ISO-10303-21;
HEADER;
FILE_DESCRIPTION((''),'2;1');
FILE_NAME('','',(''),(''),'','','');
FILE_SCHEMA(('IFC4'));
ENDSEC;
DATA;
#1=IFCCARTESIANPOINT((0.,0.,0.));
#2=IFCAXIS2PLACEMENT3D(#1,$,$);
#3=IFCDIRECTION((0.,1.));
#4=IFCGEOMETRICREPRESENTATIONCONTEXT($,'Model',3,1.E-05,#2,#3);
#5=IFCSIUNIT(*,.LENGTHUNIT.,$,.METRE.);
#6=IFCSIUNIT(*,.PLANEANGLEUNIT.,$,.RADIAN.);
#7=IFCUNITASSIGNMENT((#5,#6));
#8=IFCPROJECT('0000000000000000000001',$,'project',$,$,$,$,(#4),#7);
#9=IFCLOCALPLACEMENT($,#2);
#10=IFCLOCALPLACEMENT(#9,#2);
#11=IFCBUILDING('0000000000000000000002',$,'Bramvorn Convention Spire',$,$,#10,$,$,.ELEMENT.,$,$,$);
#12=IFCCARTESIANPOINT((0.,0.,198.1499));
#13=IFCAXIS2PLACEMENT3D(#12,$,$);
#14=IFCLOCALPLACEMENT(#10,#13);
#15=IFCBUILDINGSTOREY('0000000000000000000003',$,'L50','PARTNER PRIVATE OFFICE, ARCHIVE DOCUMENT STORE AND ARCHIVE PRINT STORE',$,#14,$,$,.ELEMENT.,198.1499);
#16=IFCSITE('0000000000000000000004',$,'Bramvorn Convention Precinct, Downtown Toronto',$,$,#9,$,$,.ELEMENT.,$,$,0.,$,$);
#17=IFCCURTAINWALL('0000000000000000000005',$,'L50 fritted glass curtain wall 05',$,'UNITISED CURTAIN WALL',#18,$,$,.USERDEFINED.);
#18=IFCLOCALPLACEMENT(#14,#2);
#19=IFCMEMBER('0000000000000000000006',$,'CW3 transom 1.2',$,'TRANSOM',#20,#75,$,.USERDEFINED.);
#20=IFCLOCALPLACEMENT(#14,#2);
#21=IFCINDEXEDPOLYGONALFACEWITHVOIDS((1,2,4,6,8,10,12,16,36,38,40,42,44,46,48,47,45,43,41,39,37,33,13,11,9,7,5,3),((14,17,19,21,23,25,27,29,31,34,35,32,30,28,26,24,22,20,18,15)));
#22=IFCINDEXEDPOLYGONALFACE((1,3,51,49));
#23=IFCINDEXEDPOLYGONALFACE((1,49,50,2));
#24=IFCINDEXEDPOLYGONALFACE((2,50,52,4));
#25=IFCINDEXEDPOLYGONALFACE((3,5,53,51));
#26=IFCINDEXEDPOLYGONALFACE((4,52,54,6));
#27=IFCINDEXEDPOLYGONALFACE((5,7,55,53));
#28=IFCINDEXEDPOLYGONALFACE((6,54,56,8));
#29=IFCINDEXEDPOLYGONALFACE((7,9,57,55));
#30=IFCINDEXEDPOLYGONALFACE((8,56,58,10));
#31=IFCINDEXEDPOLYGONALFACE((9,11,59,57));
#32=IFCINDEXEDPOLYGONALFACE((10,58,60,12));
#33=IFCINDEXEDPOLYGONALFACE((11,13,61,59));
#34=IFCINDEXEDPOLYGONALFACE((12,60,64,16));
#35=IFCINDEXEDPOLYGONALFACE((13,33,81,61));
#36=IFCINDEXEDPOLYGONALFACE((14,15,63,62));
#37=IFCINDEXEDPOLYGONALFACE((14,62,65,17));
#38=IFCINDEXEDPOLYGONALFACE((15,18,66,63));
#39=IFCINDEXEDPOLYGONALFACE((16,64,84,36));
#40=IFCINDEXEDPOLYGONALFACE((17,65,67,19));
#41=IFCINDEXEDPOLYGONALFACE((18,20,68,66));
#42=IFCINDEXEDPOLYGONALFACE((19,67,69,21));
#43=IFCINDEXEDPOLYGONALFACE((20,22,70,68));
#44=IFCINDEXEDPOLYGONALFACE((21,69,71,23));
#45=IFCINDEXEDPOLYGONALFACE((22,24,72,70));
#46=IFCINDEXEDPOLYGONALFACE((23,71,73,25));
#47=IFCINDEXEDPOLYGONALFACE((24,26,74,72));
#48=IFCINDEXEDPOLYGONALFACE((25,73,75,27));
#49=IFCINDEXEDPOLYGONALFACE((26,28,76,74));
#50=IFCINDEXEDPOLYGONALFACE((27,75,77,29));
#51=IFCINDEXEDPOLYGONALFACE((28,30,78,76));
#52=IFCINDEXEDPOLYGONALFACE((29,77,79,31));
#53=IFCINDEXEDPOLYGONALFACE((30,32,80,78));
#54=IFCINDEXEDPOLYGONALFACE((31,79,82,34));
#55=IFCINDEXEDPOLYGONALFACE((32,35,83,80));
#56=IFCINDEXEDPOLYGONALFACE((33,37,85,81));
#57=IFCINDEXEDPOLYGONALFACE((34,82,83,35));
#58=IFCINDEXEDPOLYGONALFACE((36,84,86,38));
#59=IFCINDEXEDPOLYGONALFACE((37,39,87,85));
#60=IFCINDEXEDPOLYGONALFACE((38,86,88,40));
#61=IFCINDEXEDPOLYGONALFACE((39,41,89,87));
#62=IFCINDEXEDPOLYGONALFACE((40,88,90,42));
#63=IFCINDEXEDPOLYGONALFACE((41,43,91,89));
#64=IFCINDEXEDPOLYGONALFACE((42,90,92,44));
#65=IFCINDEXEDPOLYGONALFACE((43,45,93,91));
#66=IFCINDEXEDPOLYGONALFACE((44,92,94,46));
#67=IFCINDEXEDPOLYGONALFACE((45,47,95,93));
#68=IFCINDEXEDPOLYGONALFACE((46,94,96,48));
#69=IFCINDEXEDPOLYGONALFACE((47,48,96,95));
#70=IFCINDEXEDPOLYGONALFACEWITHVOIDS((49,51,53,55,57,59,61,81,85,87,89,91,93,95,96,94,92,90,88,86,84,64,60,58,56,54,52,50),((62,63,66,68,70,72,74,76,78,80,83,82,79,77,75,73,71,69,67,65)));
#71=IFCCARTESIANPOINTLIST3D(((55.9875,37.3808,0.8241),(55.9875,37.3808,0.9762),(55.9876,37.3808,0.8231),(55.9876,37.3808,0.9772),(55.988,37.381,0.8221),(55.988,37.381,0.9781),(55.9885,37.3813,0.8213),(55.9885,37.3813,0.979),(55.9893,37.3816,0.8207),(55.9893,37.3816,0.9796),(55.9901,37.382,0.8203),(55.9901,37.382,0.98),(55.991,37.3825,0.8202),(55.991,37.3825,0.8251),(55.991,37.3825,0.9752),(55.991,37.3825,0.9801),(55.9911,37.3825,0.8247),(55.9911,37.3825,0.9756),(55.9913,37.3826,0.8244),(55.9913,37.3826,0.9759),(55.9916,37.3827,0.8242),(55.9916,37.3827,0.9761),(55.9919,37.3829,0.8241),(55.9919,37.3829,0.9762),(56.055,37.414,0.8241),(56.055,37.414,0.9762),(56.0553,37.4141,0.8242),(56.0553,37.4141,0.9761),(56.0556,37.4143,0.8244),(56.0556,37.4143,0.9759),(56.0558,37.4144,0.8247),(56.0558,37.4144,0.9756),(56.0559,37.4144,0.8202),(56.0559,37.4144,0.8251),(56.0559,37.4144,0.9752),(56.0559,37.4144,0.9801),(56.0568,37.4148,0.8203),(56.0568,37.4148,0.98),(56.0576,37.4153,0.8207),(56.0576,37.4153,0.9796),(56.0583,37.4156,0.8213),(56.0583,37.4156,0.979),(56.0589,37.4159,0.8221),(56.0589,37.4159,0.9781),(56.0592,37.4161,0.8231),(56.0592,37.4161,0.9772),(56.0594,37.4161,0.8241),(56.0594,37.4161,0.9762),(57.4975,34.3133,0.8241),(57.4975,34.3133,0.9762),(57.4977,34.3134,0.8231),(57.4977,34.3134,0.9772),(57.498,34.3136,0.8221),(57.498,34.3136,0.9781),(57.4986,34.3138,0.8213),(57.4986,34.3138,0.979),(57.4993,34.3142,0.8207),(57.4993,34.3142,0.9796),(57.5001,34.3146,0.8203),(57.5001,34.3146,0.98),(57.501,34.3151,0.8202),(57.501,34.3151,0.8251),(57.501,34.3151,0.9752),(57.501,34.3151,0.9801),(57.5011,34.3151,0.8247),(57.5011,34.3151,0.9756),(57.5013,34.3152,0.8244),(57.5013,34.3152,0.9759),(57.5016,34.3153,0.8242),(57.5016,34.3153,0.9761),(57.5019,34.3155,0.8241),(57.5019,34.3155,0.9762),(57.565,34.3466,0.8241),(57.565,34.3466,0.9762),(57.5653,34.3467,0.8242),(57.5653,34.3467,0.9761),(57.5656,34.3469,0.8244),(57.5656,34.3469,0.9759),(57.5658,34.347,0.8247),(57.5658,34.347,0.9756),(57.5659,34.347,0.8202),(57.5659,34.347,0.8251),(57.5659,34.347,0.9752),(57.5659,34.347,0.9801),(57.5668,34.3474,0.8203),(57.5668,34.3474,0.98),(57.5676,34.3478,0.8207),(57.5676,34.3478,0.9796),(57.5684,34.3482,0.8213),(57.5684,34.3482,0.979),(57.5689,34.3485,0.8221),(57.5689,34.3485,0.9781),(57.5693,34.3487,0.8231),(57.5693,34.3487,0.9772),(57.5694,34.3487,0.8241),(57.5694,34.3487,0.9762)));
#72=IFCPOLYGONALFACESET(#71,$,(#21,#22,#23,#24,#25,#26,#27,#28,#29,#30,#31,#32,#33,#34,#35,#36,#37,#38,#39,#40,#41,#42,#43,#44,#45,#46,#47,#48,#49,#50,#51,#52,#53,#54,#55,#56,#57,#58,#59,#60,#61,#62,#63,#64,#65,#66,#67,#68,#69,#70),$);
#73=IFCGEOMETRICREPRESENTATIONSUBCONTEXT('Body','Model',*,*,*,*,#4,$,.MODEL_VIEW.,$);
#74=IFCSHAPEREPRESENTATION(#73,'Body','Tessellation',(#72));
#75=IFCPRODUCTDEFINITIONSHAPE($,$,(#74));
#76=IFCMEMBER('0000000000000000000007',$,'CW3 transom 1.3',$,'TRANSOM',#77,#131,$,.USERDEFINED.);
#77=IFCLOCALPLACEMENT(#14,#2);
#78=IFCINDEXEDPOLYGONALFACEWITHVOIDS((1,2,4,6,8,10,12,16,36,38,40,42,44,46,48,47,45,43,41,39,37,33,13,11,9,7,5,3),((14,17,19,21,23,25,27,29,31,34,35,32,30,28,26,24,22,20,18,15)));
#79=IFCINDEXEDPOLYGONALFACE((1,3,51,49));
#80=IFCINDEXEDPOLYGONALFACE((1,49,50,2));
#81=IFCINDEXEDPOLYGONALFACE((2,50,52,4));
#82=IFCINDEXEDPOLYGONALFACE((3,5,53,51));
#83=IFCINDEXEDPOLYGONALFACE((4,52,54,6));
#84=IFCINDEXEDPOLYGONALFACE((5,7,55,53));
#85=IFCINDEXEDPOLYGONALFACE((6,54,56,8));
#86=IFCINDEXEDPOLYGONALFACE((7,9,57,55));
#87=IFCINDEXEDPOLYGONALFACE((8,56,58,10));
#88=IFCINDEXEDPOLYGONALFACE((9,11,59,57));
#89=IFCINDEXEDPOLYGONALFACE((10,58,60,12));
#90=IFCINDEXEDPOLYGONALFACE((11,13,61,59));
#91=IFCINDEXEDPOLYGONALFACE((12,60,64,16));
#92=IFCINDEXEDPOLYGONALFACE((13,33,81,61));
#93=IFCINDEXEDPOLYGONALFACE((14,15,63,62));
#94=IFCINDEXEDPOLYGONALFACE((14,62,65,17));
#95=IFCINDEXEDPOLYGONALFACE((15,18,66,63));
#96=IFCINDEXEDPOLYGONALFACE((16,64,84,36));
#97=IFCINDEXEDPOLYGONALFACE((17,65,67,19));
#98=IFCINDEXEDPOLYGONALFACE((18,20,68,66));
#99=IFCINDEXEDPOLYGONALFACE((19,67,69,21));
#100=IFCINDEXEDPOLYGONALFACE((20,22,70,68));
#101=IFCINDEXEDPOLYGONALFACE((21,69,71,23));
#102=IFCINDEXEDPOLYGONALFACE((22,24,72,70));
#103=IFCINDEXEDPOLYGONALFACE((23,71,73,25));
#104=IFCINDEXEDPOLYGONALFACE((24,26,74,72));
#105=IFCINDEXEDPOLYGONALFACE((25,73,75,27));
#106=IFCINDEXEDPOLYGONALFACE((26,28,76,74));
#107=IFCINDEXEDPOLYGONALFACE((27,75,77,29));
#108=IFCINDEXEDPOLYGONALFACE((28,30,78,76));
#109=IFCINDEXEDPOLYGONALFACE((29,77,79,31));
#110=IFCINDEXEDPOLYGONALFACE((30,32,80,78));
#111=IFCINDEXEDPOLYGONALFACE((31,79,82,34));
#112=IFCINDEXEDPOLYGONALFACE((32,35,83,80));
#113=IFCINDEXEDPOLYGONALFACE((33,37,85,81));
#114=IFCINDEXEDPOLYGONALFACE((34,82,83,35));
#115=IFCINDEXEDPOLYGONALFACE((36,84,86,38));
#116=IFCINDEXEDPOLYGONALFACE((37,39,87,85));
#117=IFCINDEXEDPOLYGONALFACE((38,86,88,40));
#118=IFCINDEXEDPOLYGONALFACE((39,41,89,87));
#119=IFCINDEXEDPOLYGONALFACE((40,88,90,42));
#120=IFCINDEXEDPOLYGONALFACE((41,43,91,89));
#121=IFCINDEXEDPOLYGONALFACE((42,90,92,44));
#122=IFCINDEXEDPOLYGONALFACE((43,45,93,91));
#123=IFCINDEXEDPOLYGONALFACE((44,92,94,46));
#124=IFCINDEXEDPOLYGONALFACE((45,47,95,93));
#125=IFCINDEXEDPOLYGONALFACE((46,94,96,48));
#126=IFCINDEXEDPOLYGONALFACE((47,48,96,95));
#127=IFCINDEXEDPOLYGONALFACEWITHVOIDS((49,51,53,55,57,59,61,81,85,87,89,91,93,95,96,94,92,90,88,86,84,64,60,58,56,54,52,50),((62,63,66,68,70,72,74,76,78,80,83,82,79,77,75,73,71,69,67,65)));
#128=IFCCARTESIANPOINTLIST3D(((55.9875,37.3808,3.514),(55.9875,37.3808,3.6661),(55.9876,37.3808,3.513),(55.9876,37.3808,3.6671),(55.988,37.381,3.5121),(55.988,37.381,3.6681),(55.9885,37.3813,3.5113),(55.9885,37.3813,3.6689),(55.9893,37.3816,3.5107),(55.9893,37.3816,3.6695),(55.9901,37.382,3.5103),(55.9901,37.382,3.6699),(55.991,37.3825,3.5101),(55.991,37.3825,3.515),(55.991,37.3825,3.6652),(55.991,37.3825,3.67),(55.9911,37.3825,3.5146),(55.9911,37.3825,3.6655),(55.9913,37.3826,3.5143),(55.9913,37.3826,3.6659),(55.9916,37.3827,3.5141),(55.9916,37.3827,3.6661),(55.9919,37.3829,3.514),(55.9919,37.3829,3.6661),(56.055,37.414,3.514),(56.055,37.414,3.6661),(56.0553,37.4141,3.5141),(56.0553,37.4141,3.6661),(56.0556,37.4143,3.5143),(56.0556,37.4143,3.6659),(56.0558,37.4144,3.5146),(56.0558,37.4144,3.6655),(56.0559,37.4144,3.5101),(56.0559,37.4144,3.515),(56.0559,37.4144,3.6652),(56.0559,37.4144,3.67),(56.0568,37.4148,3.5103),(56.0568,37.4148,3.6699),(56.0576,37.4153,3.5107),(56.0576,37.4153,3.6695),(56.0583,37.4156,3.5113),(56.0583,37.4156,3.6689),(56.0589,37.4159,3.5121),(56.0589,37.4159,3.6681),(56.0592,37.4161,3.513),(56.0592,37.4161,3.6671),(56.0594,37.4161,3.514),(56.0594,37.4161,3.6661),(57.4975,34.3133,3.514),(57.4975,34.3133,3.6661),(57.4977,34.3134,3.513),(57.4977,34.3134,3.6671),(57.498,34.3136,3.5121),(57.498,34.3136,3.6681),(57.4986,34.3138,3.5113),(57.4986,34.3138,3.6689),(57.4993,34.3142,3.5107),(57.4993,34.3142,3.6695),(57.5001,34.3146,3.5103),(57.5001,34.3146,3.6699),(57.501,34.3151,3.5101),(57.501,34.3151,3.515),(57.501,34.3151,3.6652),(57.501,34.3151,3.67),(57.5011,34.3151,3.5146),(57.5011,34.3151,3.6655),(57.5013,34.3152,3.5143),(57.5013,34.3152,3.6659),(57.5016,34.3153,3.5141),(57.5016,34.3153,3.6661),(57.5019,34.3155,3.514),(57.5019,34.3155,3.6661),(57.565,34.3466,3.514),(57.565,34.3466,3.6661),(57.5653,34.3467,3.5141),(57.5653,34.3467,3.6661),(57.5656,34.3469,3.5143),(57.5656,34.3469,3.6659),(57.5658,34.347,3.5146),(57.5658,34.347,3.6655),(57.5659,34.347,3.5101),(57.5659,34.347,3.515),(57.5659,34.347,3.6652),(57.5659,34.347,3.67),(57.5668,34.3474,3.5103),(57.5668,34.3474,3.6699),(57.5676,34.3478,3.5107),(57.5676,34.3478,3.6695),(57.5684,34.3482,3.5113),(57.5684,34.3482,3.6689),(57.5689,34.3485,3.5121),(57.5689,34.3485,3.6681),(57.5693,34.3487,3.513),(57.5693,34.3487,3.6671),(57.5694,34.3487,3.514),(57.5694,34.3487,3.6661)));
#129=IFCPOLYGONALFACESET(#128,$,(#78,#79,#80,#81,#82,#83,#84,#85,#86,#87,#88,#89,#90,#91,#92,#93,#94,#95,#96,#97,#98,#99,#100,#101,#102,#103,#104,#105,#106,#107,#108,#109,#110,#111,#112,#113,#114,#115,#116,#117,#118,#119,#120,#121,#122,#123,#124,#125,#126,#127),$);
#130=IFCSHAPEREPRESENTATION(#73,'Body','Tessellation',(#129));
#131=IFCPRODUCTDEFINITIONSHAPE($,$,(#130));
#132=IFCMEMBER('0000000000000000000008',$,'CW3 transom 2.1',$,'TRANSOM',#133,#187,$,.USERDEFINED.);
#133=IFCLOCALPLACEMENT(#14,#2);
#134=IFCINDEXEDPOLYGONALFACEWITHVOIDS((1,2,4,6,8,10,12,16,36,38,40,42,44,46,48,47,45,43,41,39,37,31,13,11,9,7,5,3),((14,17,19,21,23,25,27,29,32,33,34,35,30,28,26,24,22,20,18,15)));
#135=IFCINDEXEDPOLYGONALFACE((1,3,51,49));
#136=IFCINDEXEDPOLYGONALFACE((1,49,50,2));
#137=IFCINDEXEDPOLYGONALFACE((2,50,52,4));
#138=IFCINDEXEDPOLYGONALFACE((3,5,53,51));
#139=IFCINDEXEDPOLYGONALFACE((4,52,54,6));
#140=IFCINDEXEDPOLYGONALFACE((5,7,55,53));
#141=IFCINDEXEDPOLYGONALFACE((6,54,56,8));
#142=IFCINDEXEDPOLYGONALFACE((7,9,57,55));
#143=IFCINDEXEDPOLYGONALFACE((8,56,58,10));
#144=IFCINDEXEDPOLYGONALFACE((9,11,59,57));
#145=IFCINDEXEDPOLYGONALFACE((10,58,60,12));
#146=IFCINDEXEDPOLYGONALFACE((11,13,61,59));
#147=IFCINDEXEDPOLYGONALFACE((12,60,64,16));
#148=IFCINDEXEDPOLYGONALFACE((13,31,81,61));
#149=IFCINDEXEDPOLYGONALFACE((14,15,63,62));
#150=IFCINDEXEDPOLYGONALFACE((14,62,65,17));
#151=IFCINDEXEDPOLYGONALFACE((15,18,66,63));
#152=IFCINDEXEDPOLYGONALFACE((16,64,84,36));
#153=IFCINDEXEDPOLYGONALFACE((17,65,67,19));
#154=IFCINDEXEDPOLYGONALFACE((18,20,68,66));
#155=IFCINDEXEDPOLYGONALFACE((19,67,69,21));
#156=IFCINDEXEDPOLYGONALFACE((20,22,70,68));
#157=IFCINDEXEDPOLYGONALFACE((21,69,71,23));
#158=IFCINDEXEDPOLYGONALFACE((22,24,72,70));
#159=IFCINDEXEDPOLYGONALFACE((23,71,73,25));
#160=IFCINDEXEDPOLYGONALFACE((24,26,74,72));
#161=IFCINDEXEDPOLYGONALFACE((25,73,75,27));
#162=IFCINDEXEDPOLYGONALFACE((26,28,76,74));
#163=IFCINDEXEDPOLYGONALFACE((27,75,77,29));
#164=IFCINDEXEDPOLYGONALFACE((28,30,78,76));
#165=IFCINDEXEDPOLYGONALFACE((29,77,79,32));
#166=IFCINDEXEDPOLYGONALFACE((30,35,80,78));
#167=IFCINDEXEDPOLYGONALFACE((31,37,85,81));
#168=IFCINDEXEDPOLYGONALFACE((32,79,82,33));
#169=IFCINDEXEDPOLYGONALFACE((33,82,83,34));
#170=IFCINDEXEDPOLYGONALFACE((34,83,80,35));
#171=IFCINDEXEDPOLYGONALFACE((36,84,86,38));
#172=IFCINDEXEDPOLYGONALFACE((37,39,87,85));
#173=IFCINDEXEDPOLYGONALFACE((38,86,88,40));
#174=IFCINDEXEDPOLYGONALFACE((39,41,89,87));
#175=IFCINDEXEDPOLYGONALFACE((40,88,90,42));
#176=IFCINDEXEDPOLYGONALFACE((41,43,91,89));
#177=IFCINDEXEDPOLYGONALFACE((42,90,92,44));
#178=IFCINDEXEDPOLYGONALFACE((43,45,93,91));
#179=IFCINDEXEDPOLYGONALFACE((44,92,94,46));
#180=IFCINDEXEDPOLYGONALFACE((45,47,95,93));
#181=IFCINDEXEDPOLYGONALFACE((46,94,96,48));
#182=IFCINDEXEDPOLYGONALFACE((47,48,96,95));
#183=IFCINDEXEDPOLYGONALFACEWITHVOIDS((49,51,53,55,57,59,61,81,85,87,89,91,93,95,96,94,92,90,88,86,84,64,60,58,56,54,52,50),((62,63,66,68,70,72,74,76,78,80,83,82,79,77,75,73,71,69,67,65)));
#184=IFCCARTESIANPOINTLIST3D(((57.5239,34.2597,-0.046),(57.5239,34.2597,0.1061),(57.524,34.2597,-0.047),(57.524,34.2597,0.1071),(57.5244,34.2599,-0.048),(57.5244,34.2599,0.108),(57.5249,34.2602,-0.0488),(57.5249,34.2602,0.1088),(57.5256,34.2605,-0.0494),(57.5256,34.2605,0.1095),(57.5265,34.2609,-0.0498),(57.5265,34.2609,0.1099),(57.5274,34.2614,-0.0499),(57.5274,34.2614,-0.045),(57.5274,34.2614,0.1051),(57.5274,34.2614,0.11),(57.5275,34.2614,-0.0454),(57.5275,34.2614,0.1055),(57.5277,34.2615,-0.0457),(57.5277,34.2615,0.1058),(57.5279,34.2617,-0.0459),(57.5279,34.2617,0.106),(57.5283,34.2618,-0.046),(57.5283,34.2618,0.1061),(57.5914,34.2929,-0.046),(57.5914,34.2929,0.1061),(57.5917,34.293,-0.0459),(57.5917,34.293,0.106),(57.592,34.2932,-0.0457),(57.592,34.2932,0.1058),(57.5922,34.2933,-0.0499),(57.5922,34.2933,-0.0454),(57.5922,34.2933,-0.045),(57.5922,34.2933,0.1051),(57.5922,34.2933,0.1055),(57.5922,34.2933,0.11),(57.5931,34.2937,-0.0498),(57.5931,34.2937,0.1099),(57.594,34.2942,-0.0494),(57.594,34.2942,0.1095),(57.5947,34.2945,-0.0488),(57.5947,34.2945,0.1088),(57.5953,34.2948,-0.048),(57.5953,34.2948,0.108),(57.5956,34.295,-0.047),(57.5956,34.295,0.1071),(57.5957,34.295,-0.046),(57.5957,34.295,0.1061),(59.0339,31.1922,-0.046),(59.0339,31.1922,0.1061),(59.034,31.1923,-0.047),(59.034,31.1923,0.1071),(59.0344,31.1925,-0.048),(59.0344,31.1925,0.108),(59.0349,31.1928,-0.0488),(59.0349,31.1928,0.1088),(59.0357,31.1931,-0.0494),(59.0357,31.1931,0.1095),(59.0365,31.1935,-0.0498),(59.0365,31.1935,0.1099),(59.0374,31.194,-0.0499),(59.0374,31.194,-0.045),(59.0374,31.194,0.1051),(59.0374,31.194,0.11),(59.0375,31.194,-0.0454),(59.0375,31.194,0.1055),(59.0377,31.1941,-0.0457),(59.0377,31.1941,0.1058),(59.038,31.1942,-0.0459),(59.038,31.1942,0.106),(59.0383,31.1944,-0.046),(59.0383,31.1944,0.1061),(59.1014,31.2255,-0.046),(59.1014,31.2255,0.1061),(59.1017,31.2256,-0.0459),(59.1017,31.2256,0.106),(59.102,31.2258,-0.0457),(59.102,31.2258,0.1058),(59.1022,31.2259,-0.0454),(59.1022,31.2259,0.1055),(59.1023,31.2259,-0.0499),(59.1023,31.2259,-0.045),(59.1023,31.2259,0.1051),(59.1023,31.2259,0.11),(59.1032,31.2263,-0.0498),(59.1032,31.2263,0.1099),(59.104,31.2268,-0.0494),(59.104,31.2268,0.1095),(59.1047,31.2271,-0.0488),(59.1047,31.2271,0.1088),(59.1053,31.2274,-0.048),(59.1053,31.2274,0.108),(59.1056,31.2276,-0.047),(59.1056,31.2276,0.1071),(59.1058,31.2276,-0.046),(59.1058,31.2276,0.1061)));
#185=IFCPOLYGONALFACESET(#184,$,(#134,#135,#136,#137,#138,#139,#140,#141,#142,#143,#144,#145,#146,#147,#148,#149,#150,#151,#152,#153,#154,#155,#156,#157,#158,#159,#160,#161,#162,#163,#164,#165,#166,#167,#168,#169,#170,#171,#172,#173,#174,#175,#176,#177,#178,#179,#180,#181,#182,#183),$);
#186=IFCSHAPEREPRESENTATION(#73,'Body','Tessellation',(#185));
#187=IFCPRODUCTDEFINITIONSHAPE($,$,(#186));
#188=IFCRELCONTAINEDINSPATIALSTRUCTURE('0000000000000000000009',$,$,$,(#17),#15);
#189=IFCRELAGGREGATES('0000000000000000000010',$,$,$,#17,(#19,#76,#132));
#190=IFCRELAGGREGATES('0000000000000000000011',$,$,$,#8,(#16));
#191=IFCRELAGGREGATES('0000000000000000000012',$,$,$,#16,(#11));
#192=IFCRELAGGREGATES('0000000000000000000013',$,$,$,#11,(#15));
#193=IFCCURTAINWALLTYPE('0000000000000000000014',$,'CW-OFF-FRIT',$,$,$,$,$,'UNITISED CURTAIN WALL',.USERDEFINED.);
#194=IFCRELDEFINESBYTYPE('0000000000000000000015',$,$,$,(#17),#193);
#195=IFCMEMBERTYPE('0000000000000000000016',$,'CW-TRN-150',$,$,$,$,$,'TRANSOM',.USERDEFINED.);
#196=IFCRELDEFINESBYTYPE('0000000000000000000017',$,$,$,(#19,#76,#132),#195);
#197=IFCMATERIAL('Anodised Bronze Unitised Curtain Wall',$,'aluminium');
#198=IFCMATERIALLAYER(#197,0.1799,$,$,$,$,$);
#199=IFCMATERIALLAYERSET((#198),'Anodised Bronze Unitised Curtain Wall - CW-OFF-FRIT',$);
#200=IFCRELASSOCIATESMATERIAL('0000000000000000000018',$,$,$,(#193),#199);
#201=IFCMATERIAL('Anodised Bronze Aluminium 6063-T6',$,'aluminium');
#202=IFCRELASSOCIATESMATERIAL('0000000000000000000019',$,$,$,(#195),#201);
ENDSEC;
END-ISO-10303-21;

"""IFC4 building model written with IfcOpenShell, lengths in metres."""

from ifc_helpers import new_model, si_unit, direction, frame, origin, origin_2d, place, context, subcontext, project, spatial, hollow_rectangle, extrude, material, layer, layer_set, material_profile, profile_set, type_object, element, aggregate, save


model = new_model("IFC4")

# Units and contexts
model_context = context("Model", 3, precision=1e-05, world=origin(), true_north=direction((0.0, 1.0)))
body_context = subcontext(model_context, "Body", "Model", "MODEL_VIEW")
ifc_project = project(units=[si_unit("LENGTHUNIT", "METRE"), si_unit("PLANEANGLEUNIT", "RADIAN")], contexts=[model_context])

# Site, building, storey
site_placement = place(None, origin())
site = spatial("IfcSite", under=ifc_project, at=site_placement, Name="Bramvorn Convention Precinct, Downtown Toronto", CompositionType="ELEMENT", RefElevation=0.0)
building_placement = place(site_placement, origin())
building = spatial("IfcBuilding", under=site, at=building_placement, Name="Bramvorn Convention Spire", CompositionType="ELEMENT")
storey_placement = place(building_placement, frame((0.0, 0.0, 198.1499)))
storey = spatial("IfcBuildingStorey", under=building, at=storey_placement, Name="L50", Description="PARTNER PRIVATE OFFICE, ARCHIVE DOCUMENT STORE AND ARCHIVE PRINT STORE", CompositionType="ELEMENT", Elevation=198.1499)

# Curtain wall
ifc_material_1 = material(Name="Anodised Bronze Unitised Curtain Wall", Category="aluminium")
ifc_layer_1 = layer(ifc_material_1, 0.1799)
ifc_layer_set_1 = layer_set([ifc_layer_1], Name="Anodised Bronze Unitised Curtain Wall - CW-OFF-FRIT")
curtain_wall_type = type_object("IfcCurtainWallType", Name="CW-OFF-FRIT", ElementType="UNITISED CURTAIN WALL", PredefinedType="USERDEFINED", material=ifc_layer_set_1)
curtain_wall_1_placement = place(storey_placement, origin())
curtain_wall_1 = element("IfcCurtainWall", 1, at=curtain_wall_1_placement, inside=storey, type_object=curtain_wall_type, Name="L50 fritted glass curtain wall 05", ObjectType="UNITISED CURTAIN WALL", PredefinedType="USERDEFINED")
ifc_material_2 = material(Name="Anodised Bronze Aluminium 6063-T6", Category="aluminium")

# Members
ifc_material_profile_1 = material_profile(ifc_material_2, hollow_rectangle(XDim=0.0801, YDim=0.1599, WallThickness=0.0039, InnerFilletRadius=0.001, OuterFilletRadius=0.0039, at=origin_2d()))
ifc_profile_set_1 = profile_set([ifc_material_profile_1], Name="Anodised Bronze Aluminium 6063-T6 - CWT80X160")
member_type_1 = type_object("IfcMemberType", Name="CW-TRN-150", ElementType="TRANSOM", PredefinedType="USERDEFINED", material=ifc_profile_set_1)
member_1_placement = place(storey_placement, frame((56.0234, 37.3984, 0.9001), z_axis=(0.441664, -0.897181, 0.0), x_axis=(0.897181, 0.441664, 0.0)))
member_1 = element("IfcMember", 2, at=member_1_placement, type_object=member_type_1, Name="CW3 transom 1.2", ObjectType="TRANSOM", PredefinedType="USERDEFINED", context=body_context, shape_type="SweptSolid", body=[
    extrude(hollow_rectangle(XDim=0.0801, YDim=0.1599, WallThickness=0.0039, InnerFilletRadius=0.001, OuterFilletRadius=0.0039, at=origin_2d()), origin(), (0.0, 0.0, 1.0), 3.4189),
])
member_2_placement = place(storey_placement, frame((56.0234, 37.3984, 3.5901), z_axis=(0.441664, -0.897181, 0.0), x_axis=(0.897181, 0.441664, 0.0)))
member_2 = element("IfcMember", 3, at=member_2_placement, type_object=member_type_1, Name="CW3 transom 1.3", ObjectType="TRANSOM", PredefinedType="USERDEFINED", context=body_context, shape_type="SweptSolid", body=[
    extrude(hollow_rectangle(XDim=0.0801, YDim=0.1599, WallThickness=0.0039, InnerFilletRadius=0.001, OuterFilletRadius=0.0039, at=origin_2d()), origin(), (0.0, 0.0, 1.0), 3.4189),
])
member_3_placement = place(storey_placement, frame((57.5598, 34.2773, 0.03), z_axis=(0.441664, -0.897181, 0.0), x_axis=(0.897181, 0.441664, 0.0)))
member_3 = element("IfcMember", 4, at=member_3_placement, type_object=member_type_1, Name="CW3 transom 2.1", ObjectType="TRANSOM", PredefinedType="USERDEFINED", context=body_context, shape_type="SweptSolid", body=[
    extrude(hollow_rectangle(XDim=0.0801, YDim=0.1599, WallThickness=0.0039, InnerFilletRadius=0.001, OuterFilletRadius=0.0039, at=origin_2d()), origin(), (0.0, 0.0, 1.0), 3.4189),
])

aggregate(curtain_wall_1, [member_1, member_2, member_3])

save(model, "model.ifc")
